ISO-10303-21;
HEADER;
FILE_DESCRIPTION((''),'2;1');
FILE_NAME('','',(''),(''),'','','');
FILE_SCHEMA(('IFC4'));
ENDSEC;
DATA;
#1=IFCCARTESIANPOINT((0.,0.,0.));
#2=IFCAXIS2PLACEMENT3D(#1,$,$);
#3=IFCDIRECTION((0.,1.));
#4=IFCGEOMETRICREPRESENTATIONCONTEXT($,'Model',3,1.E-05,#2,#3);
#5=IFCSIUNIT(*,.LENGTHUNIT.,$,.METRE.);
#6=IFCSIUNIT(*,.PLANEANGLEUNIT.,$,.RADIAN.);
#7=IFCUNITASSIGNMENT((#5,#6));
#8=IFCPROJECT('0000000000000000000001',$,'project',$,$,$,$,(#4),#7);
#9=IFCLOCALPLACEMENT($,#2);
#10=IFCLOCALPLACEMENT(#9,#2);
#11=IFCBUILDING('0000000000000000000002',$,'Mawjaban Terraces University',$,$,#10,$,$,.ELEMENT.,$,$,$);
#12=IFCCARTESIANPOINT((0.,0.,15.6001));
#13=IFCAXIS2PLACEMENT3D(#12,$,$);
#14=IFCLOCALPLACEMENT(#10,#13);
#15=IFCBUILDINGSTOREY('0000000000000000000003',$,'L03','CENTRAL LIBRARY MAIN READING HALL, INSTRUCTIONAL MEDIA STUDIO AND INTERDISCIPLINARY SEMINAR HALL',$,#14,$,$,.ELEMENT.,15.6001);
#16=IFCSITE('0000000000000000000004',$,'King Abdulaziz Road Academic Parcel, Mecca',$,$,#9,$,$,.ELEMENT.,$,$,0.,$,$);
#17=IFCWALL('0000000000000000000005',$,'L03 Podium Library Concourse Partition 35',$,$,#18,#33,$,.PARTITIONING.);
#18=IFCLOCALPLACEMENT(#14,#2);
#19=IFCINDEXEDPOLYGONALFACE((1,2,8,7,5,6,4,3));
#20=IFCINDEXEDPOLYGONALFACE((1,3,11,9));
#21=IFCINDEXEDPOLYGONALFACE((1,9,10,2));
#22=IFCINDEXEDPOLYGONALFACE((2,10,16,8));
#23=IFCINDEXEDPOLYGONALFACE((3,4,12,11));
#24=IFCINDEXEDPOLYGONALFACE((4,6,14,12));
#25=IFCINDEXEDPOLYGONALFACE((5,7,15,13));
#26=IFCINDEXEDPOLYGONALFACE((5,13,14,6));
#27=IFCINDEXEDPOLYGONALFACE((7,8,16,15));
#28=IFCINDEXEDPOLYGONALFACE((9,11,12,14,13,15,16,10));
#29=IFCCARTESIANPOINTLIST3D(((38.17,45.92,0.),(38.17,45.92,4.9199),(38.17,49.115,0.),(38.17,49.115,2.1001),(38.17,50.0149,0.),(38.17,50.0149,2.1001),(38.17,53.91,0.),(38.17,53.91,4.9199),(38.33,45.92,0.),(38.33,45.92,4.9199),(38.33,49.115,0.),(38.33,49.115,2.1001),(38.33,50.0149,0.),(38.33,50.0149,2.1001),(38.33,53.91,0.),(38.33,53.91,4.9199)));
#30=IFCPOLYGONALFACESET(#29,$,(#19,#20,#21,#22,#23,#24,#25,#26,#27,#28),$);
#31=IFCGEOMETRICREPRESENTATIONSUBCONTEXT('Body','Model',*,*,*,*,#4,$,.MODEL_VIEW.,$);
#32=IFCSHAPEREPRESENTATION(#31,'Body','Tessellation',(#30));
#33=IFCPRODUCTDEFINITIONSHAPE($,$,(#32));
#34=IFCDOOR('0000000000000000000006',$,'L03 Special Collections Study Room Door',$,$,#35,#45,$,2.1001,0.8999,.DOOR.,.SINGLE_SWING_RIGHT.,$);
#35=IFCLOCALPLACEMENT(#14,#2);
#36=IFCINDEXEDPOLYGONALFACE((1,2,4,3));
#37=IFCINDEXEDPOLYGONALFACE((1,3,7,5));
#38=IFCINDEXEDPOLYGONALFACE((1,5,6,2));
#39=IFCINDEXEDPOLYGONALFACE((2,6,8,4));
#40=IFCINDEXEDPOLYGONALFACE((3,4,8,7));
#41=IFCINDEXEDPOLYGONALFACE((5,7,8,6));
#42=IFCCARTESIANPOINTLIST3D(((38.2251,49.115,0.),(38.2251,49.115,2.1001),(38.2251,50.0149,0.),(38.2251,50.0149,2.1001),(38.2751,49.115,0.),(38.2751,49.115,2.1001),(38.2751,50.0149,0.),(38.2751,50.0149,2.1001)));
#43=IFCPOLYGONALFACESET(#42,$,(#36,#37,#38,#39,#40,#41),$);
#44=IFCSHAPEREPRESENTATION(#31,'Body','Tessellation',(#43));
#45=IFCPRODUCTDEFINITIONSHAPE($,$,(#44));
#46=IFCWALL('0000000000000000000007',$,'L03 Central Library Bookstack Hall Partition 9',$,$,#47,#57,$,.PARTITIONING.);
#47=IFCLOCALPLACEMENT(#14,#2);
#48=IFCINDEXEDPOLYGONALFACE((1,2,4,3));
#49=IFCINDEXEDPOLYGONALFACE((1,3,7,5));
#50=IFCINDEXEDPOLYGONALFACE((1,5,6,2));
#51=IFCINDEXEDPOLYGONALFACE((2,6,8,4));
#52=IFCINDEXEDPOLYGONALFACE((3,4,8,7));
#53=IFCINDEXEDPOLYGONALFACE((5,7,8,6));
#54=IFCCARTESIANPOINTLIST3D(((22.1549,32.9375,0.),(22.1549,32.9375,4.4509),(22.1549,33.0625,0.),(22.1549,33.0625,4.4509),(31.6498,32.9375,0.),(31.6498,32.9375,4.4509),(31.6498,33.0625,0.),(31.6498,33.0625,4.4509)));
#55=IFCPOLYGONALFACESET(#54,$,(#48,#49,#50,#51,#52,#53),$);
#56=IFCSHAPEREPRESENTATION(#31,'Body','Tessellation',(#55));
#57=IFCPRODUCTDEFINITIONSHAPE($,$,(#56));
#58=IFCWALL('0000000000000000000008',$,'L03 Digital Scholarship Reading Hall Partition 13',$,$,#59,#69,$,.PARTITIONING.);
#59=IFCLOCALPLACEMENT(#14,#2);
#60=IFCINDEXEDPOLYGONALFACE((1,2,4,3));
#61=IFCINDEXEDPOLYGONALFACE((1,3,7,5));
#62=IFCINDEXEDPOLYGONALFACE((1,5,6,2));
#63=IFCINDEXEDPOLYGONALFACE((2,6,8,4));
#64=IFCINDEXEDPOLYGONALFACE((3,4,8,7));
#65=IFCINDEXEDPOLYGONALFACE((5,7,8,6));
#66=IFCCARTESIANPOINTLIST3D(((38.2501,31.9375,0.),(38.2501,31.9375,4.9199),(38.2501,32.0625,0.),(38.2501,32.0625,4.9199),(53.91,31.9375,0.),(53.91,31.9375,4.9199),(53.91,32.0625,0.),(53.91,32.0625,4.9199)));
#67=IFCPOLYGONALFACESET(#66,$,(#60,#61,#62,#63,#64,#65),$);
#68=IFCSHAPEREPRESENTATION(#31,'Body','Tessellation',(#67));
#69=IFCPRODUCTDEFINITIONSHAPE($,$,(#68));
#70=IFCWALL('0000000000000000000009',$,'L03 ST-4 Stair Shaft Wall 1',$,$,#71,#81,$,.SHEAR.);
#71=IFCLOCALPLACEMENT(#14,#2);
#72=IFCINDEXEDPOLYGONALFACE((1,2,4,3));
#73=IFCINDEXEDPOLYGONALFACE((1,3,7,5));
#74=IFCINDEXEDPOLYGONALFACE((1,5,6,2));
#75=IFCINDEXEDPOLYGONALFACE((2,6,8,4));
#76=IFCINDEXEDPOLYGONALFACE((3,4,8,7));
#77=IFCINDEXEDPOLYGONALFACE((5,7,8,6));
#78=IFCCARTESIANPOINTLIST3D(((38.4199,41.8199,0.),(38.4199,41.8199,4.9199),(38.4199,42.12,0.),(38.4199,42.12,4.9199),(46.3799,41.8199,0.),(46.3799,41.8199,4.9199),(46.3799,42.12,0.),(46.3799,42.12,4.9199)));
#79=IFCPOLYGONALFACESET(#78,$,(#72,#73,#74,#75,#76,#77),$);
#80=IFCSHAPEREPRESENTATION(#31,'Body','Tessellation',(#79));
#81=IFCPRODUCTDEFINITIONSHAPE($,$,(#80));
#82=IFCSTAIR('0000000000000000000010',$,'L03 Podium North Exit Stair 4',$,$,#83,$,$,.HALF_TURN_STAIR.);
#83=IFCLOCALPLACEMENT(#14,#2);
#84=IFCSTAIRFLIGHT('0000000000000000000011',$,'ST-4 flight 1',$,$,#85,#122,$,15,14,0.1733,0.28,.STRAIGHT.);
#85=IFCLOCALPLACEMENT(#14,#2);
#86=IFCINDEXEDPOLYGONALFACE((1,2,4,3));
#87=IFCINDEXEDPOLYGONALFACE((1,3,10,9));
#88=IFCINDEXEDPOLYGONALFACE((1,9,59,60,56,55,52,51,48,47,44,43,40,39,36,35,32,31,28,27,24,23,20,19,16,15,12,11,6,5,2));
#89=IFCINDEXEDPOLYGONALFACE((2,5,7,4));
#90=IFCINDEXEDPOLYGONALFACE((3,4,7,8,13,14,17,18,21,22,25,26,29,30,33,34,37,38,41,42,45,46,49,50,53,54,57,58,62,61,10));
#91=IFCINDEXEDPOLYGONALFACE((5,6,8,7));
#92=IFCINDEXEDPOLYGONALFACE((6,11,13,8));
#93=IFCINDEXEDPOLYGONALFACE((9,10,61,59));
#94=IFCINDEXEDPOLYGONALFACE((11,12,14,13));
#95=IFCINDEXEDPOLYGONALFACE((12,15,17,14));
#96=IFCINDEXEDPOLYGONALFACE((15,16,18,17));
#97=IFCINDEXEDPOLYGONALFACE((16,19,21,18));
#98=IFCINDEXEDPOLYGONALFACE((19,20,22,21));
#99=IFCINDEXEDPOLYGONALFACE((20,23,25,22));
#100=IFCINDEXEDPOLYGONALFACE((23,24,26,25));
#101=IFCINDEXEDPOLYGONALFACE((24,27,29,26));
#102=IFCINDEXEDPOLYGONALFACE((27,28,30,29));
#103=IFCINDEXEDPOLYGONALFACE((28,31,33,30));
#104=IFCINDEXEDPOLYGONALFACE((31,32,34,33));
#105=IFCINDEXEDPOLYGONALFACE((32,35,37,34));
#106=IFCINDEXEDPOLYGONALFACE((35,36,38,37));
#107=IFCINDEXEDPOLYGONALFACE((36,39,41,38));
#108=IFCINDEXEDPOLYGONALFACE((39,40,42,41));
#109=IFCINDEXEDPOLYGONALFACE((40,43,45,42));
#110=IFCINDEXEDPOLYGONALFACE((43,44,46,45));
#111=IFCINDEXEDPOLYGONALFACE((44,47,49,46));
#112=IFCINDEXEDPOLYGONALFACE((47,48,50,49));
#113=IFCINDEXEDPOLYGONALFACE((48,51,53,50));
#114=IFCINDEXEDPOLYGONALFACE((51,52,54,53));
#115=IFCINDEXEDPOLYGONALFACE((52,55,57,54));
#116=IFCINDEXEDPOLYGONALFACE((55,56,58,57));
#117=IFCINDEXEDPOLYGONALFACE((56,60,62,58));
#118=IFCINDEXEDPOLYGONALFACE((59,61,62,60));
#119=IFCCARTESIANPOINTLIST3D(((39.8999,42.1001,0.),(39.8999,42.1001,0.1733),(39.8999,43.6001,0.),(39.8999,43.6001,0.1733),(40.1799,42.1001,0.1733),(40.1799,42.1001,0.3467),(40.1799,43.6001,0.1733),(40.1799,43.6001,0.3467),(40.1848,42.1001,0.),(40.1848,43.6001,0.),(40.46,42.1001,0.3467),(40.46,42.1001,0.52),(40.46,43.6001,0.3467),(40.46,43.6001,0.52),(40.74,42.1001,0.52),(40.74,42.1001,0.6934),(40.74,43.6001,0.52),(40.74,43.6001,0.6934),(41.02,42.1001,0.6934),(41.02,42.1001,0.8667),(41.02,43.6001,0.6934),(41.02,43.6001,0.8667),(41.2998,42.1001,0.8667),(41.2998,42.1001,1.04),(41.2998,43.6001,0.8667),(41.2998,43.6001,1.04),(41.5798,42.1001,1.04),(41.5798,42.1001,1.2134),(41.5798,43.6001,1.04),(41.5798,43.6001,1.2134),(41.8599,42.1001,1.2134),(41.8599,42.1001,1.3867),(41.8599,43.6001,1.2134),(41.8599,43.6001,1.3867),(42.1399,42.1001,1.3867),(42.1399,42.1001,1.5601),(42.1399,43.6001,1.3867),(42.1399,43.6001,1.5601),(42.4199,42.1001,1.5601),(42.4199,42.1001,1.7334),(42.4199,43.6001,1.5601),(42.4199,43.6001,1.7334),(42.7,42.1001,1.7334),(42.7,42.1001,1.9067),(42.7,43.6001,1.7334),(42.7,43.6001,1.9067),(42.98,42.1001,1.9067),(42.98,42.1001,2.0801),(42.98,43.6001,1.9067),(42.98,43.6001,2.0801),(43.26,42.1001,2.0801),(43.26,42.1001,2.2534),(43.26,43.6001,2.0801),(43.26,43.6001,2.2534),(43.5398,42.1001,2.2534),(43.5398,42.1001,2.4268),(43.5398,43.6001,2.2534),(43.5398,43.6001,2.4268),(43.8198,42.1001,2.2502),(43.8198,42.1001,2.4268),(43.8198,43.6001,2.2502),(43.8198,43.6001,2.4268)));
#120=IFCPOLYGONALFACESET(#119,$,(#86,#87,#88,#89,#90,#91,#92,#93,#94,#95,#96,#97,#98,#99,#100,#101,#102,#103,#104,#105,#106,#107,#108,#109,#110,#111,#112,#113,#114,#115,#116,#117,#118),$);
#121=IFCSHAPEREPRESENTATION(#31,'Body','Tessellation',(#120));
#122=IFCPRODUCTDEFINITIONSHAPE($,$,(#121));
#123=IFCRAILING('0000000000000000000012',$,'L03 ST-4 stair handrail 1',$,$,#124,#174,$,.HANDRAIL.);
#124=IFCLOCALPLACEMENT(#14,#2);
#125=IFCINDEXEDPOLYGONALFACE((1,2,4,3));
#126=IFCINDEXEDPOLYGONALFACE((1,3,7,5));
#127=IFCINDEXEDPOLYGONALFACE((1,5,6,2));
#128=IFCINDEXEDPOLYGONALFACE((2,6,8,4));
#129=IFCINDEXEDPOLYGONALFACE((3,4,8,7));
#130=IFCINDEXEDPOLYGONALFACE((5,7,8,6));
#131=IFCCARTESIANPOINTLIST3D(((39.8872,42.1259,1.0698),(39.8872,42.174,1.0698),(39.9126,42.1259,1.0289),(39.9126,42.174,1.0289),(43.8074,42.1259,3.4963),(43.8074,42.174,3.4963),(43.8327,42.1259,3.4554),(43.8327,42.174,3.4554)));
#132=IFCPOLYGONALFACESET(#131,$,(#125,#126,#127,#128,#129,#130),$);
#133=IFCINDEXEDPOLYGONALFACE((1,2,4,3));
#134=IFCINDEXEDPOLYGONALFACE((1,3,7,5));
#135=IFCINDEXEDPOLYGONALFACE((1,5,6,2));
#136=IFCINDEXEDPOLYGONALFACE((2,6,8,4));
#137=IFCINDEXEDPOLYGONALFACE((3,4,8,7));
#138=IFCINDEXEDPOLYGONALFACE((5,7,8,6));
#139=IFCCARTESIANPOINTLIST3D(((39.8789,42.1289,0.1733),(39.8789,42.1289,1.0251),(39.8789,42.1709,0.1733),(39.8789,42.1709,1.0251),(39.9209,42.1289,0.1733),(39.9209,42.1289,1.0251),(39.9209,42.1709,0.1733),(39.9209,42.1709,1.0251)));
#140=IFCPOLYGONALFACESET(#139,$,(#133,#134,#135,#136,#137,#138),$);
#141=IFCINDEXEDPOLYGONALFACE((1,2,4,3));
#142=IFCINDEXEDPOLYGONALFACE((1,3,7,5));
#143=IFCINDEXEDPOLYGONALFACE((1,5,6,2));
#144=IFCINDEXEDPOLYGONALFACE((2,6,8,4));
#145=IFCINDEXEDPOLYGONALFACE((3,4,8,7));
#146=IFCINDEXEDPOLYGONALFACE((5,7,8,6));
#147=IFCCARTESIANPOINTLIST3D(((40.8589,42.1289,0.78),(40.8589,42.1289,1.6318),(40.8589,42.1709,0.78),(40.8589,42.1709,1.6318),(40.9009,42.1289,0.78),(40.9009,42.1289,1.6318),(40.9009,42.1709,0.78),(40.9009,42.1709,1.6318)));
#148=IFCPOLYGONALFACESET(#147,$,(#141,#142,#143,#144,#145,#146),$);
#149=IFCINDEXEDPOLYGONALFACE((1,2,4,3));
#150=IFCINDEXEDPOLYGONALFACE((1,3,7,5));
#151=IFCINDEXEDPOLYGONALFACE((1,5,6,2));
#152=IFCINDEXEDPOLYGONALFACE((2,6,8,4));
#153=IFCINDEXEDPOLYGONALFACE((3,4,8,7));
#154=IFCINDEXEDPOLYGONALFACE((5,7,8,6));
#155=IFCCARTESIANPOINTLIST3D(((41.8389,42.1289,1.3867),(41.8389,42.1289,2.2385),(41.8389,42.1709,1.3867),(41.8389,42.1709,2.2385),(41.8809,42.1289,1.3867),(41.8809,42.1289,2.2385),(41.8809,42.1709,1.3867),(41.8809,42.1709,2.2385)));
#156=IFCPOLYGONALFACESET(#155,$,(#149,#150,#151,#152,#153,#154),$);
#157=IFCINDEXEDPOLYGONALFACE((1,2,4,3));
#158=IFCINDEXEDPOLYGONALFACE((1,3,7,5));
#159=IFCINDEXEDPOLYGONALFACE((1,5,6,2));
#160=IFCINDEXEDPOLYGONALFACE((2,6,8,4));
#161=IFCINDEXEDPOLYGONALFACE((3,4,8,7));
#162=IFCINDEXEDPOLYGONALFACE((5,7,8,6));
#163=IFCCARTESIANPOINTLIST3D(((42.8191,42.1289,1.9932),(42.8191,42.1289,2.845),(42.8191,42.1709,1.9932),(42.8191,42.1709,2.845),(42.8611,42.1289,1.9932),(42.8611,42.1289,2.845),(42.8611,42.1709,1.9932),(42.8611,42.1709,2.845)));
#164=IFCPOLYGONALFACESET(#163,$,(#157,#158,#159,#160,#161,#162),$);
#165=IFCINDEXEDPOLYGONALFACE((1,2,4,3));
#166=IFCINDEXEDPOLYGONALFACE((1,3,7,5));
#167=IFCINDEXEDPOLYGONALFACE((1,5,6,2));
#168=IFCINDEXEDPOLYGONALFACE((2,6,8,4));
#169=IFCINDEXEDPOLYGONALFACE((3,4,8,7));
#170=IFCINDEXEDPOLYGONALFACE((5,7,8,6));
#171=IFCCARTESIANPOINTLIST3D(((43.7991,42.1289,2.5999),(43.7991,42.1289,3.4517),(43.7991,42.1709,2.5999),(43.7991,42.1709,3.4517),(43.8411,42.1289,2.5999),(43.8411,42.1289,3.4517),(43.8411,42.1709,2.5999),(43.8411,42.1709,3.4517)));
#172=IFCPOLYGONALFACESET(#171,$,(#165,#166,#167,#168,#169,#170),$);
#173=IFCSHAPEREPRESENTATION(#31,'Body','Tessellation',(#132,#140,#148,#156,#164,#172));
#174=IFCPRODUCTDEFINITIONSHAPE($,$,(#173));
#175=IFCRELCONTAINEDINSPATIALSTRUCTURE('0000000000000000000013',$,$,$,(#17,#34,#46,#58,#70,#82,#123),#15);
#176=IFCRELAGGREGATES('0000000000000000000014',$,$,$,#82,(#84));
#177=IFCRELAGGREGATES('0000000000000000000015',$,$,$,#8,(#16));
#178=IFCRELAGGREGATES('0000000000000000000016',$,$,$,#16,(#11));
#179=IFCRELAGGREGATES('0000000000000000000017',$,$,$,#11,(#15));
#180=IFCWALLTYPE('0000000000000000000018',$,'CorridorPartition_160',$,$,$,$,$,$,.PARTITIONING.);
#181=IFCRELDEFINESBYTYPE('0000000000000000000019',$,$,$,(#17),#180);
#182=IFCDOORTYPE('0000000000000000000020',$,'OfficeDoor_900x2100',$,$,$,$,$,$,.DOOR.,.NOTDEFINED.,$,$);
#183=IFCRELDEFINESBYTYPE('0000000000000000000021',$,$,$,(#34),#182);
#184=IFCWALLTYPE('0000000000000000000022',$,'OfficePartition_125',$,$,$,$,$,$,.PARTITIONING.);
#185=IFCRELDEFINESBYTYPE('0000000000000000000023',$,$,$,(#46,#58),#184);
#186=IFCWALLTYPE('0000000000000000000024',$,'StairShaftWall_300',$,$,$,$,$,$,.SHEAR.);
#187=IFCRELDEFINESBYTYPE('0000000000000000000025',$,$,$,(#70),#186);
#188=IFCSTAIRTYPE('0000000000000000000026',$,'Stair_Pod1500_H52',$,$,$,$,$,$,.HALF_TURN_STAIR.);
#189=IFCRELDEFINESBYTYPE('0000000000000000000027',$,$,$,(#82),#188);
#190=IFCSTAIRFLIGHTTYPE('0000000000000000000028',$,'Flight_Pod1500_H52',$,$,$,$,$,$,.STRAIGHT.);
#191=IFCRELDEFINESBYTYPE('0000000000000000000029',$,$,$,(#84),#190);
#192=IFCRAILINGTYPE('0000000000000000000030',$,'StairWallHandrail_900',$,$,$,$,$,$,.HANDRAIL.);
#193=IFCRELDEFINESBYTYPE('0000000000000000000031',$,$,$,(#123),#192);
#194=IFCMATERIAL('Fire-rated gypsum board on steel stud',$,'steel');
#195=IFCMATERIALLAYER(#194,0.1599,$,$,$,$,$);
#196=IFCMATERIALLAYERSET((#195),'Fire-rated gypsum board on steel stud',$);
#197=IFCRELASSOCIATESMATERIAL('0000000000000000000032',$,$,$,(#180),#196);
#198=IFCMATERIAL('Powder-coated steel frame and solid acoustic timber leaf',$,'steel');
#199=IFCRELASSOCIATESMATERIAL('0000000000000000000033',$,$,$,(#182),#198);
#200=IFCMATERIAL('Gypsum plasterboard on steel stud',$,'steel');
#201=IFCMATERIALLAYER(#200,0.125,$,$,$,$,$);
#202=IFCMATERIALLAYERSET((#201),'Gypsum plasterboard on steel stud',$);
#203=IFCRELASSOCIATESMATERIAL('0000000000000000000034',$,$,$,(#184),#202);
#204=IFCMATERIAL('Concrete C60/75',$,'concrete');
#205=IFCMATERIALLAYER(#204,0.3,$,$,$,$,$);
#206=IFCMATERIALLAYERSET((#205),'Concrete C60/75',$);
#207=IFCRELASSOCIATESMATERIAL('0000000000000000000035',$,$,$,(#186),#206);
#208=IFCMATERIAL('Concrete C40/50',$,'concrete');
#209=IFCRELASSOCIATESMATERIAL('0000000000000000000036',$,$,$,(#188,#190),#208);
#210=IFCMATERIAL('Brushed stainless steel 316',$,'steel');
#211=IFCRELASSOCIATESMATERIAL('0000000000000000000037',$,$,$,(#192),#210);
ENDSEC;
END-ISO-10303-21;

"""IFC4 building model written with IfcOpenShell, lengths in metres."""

from ifc_helpers import new_model, si_unit, direction, frame, frame_2d, origin, origin_2d, place, context, subcontext, project, spatial, polyline, rectangle, outline, extrude, material, layer, layer_set, type_object, element, fill, aggregate, save


model = new_model("IFC4")

# Units and contexts
model_context = context("Model", 3, precision=1e-05, world=origin(), true_north=direction((0.0, 1.0)))
body_context = subcontext(model_context, "Body", "Model", "MODEL_VIEW")
ifc_project = project(units=[si_unit("LENGTHUNIT", "METRE"), si_unit("PLANEANGLEUNIT", "RADIAN")], contexts=[model_context])

# Site, building, storey
site_placement = place(None, origin())
site = spatial("IfcSite", under=ifc_project, at=site_placement, Name="King Abdulaziz Road Academic Parcel, Mecca", CompositionType="ELEMENT", RefElevation=0.0)
building_placement = place(site_placement, origin())
building = spatial("IfcBuilding", under=site, at=building_placement, Name="Mawjaban Terraces University", CompositionType="ELEMENT")
storey_placement = place(building_placement, frame((0.0, 0.0, 15.6001)))
storey = spatial("IfcBuildingStorey", under=building, at=storey_placement, Name="L03", Description="CENTRAL LIBRARY MAIN READING HALL, INSTRUCTIONAL MEDIA STUDIO AND INTERDISCIPLINARY SEMINAR HALL", CompositionType="ELEMENT", Elevation=15.6001)

# Shared definitions
ifc_material_1 = material(Name="Fire-rated gypsum board on steel stud", Category="steel")
ifc_layer_1 = layer(ifc_material_1, 0.1599)
ifc_layer_set_1 = layer_set([ifc_layer_1], Name="Fire-rated gypsum board on steel stud")
wall_type_1 = type_object("IfcWallType", Name="CorridorPartition_160", PredefinedType="PARTITIONING", material=ifc_layer_set_1)

# Wall, opening, door
ifc_material_2 = material(Name="Powder-coated steel frame and solid acoustic timber leaf", Category="steel")
door_type_1 = type_object("IfcDoorType", Name="OfficeDoor_900x2100", OperationType="NOTDEFINED", PredefinedType="DOOR", material=ifc_material_2)
wall_1_placement = place(storey_placement, frame((38.25, 45.9199, 0.0), z_axis=(0.0, 0.0, 1.0), x_axis=(0.0, 1.0, 0.0)))
wall_1 = element("IfcWall", 1, at=wall_1_placement, inside=storey, type_object=wall_type_1, Name="L03 Podium Library Concourse Partition 35", PredefinedType="PARTITIONING", context=body_context, shape_type="SweptSolid", body=[
    extrude(rectangle(XDim=7.99, YDim=0.1599, at=frame_2d((3.9951, 0.0))), origin(), (0.0, 0.0, 1.0), 4.9199),
])
opening_1_placement = place(wall_1_placement, frame((3.1951, 0.0, 0.0)))
opening_1 = element("IfcOpeningElement", 2, at=opening_1_placement, cuts=wall_1, PredefinedType="OPENING", context=body_context, shape_type="SweptSolid", body=[
    extrude(rectangle(XDim=0.8999, YDim=2.1001, at=frame_2d((0.45, 1.05))), frame((0.0, 0.0898, 0.0), z_axis=(0.0, -1.0, 0.0), x_axis=(1.0, 0.0, 0.0)), (0.0, 0.0, 1.0), 0.1799),
])
door_1_placement = place(opening_1_placement, origin())
door_1 = element("IfcDoor", 3, at=door_1_placement, inside=storey, type_object=door_type_1, Name="L03 Special Collections Study Room Door", OperationType="SINGLE_SWING_RIGHT", OverallHeight=2.1001, OverallWidth=0.8999, PredefinedType="DOOR", context=body_context, shape_type="SweptSolid", body=[
    extrude(rectangle(XDim=0.8999, YDim=2.1001, at=frame_2d((0.45, 1.05))), frame((0.0, 0.0249, 0.0), z_axis=(0.0, -1.0, 0.0), x_axis=(1.0, 0.0, 0.0)), (0.0, 0.0, 1.0), 0.05),
])
fill(opening_1, door_1)

# Walls
ifc_material_3 = material(Name="Gypsum plasterboard on steel stud", Category="steel")
ifc_layer_2 = layer(ifc_material_3, 0.125)
ifc_layer_set_2 = layer_set([ifc_layer_2], Name="Gypsum plasterboard on steel stud")
wall_type_2 = type_object("IfcWallType", Name="OfficePartition_125", PredefinedType="PARTITIONING", material=ifc_layer_set_2)
wall_2_placement = place(storey_placement, frame((31.6499, 33.0, 0.0), z_axis=(0.0, 0.0, 1.0), x_axis=(-1.0, 0.0, 0.0)))
element("IfcWall", 4, at=wall_2_placement, inside=storey, type_object=wall_type_2, Name="L03 Central Library Bookstack Hall Partition 9", PredefinedType="PARTITIONING", context=body_context, shape_type="SweptSolid", body=[
    extrude(rectangle(XDim=9.4949, YDim=0.125, at=frame_2d((4.7476, 0.0))), origin(), (0.0, 0.0, 1.0), 4.4509),
])
wall_3_placement = place(storey_placement, frame((38.25, 32.0, 0.0), z_axis=(0.0, 0.0, 1.0), x_axis=(1.0, 0.0, 0.0)))
element("IfcWall", 5, at=wall_3_placement, inside=storey, type_object=wall_type_2, Name="L03 Digital Scholarship Reading Hall Partition 13", PredefinedType="PARTITIONING", context=body_context, shape_type="SweptSolid", body=[
    extrude(rectangle(XDim=15.6599, YDim=0.125, at=frame_2d((7.8301, 0.0))), origin(), (0.0, 0.0, 1.0), 4.9199),
])
ifc_material_4 = material(Name="Concrete C60/75", Category="concrete")
ifc_layer_3 = layer(ifc_material_4, 0.3)
ifc_layer_set_3 = layer_set([ifc_layer_3], Name="Concrete C60/75")
wall_type_3 = type_object("IfcWallType", Name="StairShaftWall_300", PredefinedType="SHEAR", material=ifc_layer_set_3)
wall_4_placement = place(storey_placement, frame((38.4199, 41.97, 0.0), z_axis=(0.0, 0.0, 1.0), x_axis=(1.0, 0.0, 0.0)))
element("IfcWall", 6, at=wall_4_placement, inside=storey, type_object=wall_type_3, Name="L03 ST-4 Stair Shaft Wall 1", PredefinedType="SHEAR", context=body_context, shape_type="SweptSolid", body=[
    extrude(rectangle(XDim=7.96, YDim=0.3, at=frame_2d((3.98, 0.0))), origin(), (0.0, 0.0, 1.0), 4.9199),
])

# Stair, stair flight
ifc_material_5 = material(Name="Concrete C40/50", Category="concrete")
stair_type = type_object("IfcStairType", Name="Stair_Pod1500_H52", PredefinedType="HALF_TURN_STAIR", material=ifc_material_5)
stair_placement = place(storey_placement, origin())
stair = element("IfcStair", 7, at=stair_placement, inside=storey, type_object=stair_type, Name="L03 Podium North Exit Stair 4", PredefinedType="HALF_TURN_STAIR")
stair_flight_type = type_object("IfcStairFlightType", Name="Flight_Pod1500_H52", PredefinedType="STRAIGHT", material=ifc_material_5)
stair_flight_placement = place(storey_placement, frame((39.8999, 42.8501, 0.0), z_axis=(0.0, 0.0, 1.0), x_axis=(1.0, 0.0, 0.0)))
stair_flight = element("IfcStairFlight", 8, at=stair_flight_placement, type_object=stair_flight_type, Name="ST-4 flight 1", NumberOfRisers=15, NumberOfTreads=14, PredefinedType="STRAIGHT", RiserHeight=0.1733, TreadLength=0.28, context=body_context, shape_type="SweptSolid", body=[
    extrude(outline(polyline([(0.0, 0.0), (0.0, 0.1733), (0.28, 0.1733), (0.28, 0.3467), (0.5601, 0.3467), (0.5601, 0.52), (0.8401, 0.52), (0.8401, 0.6934), (1.1201, 0.6934), (1.1201, 0.8667), (1.3999, 0.8667), (1.3999, 1.04), (1.6799, 1.04), (1.6799, 1.2134), (1.96, 1.2134), (1.96, 1.3867), (2.24, 1.3867), (2.24, 1.5601), (2.52, 1.5601), (2.52, 1.7334), (2.8, 1.7334), (2.8, 1.9067), (3.0801, 1.9067), (3.0801, 2.0801), (3.3601, 2.0801), (3.3601, 2.2534), (3.6399, 2.2534), (3.6399, 2.4268), (3.9199, 2.4268), (3.9199, 2.6001), (3.9199, 2.2502), (0.2849, 0.0), (0.0, 0.0)])), frame((0.0, 0.75, 0.0), z_axis=(0.0, -1.0, 0.0), x_axis=(1.0, 0.0, 0.0)), (0.0, 0.0, 1.0), 1.5),
])
aggregate(stair, [stair_flight])

# Railing
ifc_material_6 = material(Name="Brushed stainless steel 316", Category="steel")
railing_type_1 = type_object("IfcRailingType", Name="StairWallHandrail_900", PredefinedType="HANDRAIL", material=ifc_material_6)
railing_1_placement = place(storey_placement, frame((39.8999, 42.1499, 0.1733)))
element("IfcRailing", 9, at=railing_1_placement, inside=storey, type_object=railing_type_1, Name="L03 ST-4 stair handrail 1", PredefinedType="HANDRAIL", context=body_context, shape_type="SweptSolid", body=[
    extrude(rectangle(XDim=0.0481, YDim=0.0481, at=origin_2d()), frame((0.0, 0.0, 0.876), z_axis=(0.85029, 0.0, 0.526315), x_axis=(0.0, 1.0, 0.0)), (0.0, 0.0, 1.0), 4.6104),
    extrude(rectangle(XDim=0.042, YDim=0.042, at=origin_2d()), origin(), (0.0, 0.0, 1.0), 0.8518),
    extrude(rectangle(XDim=0.042, YDim=0.042, at=origin_2d()), frame((0.98, 0.0, 0.6067)), (0.0, 0.0, 1.0), 0.8518),
    extrude(rectangle(XDim=0.042, YDim=0.042, at=origin_2d()), frame((1.96, 0.0, 1.2134)), (0.0, 0.0, 1.0), 0.8518),
    extrude(rectangle(XDim=0.042, YDim=0.042, at=origin_2d()), frame((2.9402, 0.0, 1.8198)), (0.0, 0.0, 1.0), 0.8518),
    extrude(rectangle(XDim=0.042, YDim=0.042, at=origin_2d()), frame((3.9202, 0.0, 2.4265)), (0.0, 0.0, 1.0), 0.8518),
])

save(model, "model.ifc")
